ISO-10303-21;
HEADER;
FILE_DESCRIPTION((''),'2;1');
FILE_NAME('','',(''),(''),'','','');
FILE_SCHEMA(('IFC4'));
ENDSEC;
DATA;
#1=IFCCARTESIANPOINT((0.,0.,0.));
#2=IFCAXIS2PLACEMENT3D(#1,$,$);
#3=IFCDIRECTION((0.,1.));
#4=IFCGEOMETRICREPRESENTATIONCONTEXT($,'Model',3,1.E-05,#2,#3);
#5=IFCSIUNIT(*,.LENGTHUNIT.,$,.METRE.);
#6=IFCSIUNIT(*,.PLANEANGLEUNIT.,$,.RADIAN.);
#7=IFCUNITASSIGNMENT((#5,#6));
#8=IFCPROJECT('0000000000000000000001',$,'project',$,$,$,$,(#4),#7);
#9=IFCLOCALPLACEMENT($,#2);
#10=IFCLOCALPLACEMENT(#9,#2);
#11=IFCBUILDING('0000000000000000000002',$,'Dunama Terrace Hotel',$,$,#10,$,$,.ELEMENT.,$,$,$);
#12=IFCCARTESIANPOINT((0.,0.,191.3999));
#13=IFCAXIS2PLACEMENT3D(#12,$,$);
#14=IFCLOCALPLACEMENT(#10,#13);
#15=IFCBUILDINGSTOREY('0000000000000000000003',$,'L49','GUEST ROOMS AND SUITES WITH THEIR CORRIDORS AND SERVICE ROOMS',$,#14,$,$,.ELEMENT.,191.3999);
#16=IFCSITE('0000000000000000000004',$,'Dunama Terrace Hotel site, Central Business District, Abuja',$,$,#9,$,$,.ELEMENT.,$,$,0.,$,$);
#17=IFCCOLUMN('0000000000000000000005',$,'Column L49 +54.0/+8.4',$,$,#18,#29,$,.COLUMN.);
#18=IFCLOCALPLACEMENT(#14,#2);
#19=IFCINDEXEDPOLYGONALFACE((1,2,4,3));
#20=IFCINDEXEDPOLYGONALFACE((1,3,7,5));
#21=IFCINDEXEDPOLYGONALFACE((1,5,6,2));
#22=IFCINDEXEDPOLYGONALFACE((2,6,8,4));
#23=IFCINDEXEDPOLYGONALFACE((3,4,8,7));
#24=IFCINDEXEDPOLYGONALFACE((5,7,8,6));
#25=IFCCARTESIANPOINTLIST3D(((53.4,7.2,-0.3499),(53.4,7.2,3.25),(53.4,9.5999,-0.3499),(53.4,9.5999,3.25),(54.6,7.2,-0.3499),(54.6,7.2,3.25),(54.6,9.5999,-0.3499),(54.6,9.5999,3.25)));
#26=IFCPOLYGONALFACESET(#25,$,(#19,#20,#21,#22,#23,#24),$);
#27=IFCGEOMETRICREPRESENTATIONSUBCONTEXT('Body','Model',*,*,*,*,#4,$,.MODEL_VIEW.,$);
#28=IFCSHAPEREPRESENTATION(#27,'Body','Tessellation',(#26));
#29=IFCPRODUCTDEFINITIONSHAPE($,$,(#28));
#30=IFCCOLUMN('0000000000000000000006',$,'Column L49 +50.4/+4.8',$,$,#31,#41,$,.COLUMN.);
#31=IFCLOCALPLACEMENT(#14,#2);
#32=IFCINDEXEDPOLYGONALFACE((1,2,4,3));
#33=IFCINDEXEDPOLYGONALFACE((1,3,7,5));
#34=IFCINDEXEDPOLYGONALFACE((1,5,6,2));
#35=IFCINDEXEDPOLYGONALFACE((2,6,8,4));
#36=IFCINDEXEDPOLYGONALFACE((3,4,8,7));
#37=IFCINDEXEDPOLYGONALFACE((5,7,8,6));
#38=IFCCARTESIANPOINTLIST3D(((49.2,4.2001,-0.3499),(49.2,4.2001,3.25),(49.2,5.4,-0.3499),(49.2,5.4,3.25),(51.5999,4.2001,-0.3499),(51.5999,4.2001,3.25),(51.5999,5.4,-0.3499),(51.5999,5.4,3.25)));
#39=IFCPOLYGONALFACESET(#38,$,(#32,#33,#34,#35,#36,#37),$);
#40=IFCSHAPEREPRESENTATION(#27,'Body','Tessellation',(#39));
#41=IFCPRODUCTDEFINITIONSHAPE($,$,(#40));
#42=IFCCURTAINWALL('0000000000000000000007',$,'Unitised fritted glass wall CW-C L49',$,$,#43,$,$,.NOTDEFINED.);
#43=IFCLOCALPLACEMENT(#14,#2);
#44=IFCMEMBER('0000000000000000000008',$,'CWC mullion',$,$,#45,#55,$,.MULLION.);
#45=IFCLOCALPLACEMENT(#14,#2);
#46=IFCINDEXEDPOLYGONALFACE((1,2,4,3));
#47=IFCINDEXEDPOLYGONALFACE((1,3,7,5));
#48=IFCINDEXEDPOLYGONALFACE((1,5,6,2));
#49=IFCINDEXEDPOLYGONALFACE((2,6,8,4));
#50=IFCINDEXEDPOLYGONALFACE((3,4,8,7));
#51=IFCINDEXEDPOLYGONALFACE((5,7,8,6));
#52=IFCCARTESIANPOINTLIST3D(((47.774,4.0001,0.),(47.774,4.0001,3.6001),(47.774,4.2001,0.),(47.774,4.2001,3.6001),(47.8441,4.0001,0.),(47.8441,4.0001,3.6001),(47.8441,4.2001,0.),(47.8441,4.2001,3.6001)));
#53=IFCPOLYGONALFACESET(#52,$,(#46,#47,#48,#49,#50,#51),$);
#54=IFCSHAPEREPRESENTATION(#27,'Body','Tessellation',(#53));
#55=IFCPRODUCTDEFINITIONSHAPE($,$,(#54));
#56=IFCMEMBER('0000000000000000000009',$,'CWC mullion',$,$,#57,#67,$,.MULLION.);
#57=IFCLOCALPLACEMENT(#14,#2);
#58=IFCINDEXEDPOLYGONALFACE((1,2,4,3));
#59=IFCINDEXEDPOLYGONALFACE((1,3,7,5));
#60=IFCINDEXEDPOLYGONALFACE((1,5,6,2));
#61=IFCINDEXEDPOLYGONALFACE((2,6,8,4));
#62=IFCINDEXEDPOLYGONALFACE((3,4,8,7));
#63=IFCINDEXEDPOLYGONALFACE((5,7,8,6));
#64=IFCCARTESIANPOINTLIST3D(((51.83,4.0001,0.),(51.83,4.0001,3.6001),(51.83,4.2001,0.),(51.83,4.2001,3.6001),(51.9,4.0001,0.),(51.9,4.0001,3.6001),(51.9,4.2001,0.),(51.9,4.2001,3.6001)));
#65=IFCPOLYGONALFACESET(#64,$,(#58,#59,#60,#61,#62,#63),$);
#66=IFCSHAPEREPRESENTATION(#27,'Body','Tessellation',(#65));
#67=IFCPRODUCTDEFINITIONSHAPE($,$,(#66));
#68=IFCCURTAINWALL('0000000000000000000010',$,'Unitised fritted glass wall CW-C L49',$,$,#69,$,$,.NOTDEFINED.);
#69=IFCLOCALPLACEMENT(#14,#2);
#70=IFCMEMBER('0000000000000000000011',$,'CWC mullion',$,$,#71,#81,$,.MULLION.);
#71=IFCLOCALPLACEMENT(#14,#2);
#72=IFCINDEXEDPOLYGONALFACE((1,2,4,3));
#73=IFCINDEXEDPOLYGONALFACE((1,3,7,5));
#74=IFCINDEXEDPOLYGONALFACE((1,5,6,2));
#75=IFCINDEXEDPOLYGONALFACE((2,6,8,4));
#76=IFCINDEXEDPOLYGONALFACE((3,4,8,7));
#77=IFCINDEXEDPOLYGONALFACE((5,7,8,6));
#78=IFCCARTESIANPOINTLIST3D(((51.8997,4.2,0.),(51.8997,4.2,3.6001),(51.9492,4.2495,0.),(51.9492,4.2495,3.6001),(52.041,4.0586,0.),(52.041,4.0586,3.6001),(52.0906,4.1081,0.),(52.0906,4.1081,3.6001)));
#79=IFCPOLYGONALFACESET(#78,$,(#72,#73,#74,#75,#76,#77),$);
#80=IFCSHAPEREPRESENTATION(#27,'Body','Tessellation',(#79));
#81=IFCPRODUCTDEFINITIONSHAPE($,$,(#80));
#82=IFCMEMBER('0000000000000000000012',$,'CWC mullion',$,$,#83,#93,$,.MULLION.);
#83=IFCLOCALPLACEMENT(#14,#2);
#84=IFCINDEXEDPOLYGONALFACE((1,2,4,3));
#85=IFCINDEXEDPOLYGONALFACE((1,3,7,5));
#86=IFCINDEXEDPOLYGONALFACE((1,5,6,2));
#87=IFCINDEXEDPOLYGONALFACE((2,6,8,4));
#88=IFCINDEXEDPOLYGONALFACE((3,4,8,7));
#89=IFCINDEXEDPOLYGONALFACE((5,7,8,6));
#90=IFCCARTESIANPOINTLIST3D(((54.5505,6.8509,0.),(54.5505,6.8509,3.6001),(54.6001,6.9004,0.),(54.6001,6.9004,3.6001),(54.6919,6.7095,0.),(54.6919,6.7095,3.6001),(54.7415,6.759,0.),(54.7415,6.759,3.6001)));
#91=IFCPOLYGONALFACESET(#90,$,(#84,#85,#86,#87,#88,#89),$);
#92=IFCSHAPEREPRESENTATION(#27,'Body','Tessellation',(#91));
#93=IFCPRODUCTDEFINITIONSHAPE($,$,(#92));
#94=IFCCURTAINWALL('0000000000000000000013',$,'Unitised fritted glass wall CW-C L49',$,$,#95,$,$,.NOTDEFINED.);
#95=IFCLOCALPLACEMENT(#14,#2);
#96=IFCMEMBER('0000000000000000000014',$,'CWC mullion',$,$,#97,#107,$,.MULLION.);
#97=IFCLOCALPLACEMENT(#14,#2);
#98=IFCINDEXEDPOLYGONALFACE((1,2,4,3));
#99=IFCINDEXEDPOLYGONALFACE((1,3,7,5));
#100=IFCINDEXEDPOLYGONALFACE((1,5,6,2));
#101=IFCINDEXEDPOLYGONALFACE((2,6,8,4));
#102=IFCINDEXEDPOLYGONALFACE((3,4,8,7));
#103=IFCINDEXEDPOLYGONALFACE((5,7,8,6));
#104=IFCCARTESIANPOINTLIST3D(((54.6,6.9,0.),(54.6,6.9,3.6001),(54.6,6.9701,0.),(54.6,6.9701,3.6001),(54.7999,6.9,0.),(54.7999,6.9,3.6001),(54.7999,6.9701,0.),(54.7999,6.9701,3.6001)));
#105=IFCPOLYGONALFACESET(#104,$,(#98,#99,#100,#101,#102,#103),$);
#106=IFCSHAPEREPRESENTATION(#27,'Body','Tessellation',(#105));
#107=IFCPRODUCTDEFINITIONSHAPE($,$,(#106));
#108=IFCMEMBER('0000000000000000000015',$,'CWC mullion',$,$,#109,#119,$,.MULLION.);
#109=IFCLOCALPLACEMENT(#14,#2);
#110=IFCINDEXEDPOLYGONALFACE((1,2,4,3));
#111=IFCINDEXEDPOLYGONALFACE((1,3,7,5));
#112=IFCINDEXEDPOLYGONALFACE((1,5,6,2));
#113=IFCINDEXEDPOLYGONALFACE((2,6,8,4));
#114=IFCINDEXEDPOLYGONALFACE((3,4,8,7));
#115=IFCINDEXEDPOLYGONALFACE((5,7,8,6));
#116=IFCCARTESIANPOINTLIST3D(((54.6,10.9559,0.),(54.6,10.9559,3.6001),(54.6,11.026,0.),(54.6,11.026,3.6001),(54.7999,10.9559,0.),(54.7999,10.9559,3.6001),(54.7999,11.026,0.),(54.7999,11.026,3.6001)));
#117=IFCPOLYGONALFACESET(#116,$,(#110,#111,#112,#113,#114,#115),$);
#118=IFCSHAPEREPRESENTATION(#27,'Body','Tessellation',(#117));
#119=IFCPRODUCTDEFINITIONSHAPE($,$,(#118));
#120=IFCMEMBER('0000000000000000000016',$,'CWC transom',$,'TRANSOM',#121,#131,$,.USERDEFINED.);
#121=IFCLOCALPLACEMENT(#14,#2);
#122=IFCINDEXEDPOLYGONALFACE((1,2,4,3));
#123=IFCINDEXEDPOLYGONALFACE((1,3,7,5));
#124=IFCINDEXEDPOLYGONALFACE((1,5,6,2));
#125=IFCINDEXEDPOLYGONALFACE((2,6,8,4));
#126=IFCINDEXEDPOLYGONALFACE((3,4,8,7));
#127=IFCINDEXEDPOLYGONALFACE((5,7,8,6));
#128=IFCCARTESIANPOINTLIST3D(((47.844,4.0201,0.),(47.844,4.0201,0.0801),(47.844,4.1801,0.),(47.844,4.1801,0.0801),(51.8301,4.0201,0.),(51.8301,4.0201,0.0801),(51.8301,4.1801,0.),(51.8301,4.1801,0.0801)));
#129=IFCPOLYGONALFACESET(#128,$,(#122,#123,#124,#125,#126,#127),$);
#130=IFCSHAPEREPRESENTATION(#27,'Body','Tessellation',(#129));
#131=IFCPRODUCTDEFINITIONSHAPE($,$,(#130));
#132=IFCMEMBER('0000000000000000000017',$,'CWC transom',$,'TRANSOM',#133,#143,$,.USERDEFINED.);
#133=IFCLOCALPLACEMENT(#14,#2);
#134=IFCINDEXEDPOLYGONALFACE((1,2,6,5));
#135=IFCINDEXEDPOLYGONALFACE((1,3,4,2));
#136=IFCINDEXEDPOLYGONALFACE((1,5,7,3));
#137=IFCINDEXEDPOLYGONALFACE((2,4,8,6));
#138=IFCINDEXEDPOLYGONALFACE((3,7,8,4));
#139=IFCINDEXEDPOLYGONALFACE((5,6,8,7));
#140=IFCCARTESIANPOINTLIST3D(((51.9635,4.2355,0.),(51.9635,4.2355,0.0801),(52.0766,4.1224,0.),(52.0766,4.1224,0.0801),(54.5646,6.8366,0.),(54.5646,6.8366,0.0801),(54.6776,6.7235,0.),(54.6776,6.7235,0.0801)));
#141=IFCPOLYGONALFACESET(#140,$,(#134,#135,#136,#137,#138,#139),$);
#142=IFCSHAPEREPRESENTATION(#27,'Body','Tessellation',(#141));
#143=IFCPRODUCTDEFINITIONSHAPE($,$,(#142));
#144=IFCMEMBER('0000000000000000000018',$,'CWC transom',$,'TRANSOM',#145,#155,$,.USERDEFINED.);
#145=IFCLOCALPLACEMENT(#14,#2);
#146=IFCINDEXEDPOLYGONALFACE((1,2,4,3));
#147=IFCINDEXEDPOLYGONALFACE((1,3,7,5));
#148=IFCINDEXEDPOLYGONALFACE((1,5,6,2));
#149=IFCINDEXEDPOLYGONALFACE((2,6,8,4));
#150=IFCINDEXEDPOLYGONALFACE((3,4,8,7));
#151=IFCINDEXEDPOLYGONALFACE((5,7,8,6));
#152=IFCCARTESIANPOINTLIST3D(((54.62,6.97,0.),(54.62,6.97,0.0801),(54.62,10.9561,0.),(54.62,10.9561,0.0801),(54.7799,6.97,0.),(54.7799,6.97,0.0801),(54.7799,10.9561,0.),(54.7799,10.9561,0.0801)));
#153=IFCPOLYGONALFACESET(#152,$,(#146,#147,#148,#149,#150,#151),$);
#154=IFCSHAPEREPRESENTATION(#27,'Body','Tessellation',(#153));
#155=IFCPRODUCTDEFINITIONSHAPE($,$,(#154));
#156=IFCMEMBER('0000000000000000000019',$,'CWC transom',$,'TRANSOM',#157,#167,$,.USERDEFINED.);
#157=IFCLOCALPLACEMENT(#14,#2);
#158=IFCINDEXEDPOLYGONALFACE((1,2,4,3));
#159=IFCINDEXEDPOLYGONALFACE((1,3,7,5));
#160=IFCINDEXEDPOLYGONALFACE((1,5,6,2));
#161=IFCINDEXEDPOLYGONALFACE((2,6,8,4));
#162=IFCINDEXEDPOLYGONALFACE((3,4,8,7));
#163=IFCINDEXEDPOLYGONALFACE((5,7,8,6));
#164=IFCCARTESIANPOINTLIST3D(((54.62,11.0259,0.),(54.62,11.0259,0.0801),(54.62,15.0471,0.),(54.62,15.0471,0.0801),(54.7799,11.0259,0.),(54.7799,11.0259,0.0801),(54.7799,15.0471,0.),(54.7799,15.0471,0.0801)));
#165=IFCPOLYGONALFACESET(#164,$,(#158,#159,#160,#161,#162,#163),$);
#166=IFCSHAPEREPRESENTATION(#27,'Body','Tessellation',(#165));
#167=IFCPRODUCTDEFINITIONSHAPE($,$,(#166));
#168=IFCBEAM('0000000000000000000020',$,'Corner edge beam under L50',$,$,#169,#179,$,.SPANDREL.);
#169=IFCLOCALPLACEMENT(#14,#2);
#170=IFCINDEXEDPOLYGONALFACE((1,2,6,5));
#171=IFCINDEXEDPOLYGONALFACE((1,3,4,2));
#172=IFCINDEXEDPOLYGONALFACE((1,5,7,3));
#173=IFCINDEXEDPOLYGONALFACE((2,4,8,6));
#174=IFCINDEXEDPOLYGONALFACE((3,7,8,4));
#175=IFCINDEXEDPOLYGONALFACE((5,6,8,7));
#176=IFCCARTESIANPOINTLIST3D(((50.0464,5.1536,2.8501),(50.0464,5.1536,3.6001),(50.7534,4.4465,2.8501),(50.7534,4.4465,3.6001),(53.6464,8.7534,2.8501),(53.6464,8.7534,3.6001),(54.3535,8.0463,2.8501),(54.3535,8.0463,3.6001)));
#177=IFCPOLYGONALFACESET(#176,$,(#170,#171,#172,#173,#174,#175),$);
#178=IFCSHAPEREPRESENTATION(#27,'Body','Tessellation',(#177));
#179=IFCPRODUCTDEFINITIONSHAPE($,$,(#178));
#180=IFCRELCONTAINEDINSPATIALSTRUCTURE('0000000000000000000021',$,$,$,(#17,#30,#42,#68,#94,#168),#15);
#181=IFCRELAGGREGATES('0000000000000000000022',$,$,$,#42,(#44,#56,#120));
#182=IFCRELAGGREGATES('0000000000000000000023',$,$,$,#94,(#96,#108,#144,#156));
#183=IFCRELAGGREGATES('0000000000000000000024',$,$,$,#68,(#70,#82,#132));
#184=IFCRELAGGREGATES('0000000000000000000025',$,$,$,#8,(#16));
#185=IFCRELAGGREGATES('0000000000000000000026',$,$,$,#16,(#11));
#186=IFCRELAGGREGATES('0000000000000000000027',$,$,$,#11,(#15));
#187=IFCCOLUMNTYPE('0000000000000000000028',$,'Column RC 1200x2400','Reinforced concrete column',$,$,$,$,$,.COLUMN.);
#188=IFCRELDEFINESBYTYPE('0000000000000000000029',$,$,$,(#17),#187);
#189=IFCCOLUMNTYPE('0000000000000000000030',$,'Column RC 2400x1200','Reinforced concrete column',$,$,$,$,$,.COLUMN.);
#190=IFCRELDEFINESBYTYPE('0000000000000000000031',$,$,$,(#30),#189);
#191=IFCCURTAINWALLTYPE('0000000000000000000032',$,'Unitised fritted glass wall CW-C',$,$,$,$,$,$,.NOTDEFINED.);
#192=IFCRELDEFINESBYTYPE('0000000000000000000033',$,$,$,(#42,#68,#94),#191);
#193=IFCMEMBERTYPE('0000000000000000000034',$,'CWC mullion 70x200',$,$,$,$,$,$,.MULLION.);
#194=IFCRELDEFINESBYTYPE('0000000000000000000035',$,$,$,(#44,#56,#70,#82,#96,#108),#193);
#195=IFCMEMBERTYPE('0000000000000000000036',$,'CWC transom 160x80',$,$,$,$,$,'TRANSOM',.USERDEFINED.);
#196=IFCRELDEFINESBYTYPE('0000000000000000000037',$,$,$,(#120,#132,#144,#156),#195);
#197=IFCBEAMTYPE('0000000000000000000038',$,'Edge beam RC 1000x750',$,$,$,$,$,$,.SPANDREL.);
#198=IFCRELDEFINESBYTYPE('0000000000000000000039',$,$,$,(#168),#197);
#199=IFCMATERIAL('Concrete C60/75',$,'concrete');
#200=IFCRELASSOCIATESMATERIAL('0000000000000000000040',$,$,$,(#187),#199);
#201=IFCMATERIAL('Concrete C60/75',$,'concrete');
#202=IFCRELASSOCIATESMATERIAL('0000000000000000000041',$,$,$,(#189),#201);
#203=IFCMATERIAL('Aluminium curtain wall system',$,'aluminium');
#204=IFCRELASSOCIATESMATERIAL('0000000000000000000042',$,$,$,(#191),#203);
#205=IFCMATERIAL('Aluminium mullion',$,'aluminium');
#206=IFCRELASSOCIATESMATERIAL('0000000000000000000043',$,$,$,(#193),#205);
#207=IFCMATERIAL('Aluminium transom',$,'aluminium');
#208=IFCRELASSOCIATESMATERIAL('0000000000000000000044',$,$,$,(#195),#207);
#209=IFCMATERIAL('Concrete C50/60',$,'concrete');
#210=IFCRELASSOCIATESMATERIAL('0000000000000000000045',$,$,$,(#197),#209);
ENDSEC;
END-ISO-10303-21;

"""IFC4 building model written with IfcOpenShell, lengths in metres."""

from ifc_helpers import new_model, si_unit, direction, frame, origin, origin_2d, place, context, subcontext, project, spatial, rectangle, extrude, material, material_profile, profile_set, type_object, element, aggregate, save


model = new_model("IFC4")

# Units and contexts
model_context = context("Model", 3, precision=1e-05, world=origin(), true_north=direction((0.0, 1.0)))
body_context = subcontext(model_context, "Body", "Model", "MODEL_VIEW")
ifc_project = project(units=[si_unit("LENGTHUNIT", "METRE"), si_unit("PLANEANGLEUNIT", "RADIAN")], contexts=[model_context])

# Site, building, storey
site_placement = place(None, origin())
site = spatial("IfcSite", under=ifc_project, at=site_placement, Name="Dunama Terrace Hotel site, Central Business District, Abuja", CompositionType="ELEMENT", RefElevation=0.0)
building_placement = place(site_placement, origin())
building = spatial("IfcBuilding", under=site, at=building_placement, Name="Dunama Terrace Hotel", CompositionType="ELEMENT")
storey_placement = place(building_placement, frame((0.0, 0.0, 191.3999)))
storey = spatial("IfcBuildingStorey", under=building, at=storey_placement, Name="L49", Description="GUEST ROOMS AND SUITES WITH THEIR CORRIDORS AND SERVICE ROOMS", CompositionType="ELEMENT", Elevation=191.3999)

# Columns
ifc_material_1 = material(Name="Concrete C60/75", Category="concrete")
ifc_material_profile_1 = material_profile(ifc_material_1, rectangle(XDim=1.2, YDim=2.3999, at=origin_2d()), Name="RC 1200x2400")
ifc_profile_set_1 = profile_set([ifc_material_profile_1], Name="Concrete C60/75")
column_type_1 = type_object("IfcColumnType", Name="Column RC 1200x2400", Description="Reinforced concrete column", PredefinedType="COLUMN", material=ifc_profile_set_1)
column_1_placement = place(storey_placement, frame((54.0, 8.3999, -0.3499), z_axis=(0.0, 0.0, 1.0), x_axis=(1.0, 0.0, 0.0)))
element("IfcColumn", 1, at=column_1_placement, inside=storey, type_object=column_type_1, Name="Column L49 +54.0/+8.4", PredefinedType="COLUMN", context=body_context, shape_type="SweptSolid", body=[
    extrude(rectangle(XDim=1.2, YDim=2.3999, at=origin_2d()), origin(), (0.0, 0.0, 1.0), 3.5999),
])
ifc_material_2 = material(Name="Concrete C60/75", Category="concrete")
ifc_material_profile_2 = material_profile(ifc_material_2, rectangle(XDim=2.3999, YDim=1.2, at=origin_2d()), Name="RC 2400x1200")
ifc_profile_set_2 = profile_set([ifc_material_profile_2], Name="Concrete C60/75")
column_type_2 = type_object("IfcColumnType", Name="Column RC 2400x1200", Description="Reinforced concrete column", PredefinedType="COLUMN", material=ifc_profile_set_2)
column_2_placement = place(storey_placement, frame((50.3999, 4.8, -0.3499), z_axis=(0.0, 0.0, 1.0), x_axis=(1.0, 0.0, 0.0)))
element("IfcColumn", 2, at=column_2_placement, inside=storey, type_object=column_type_2, Name="Column L49 +50.4/+4.8", PredefinedType="COLUMN", context=body_context, shape_type="SweptSolid", body=[
    extrude(rectangle(XDim=2.3999, YDim=1.2, at=origin_2d()), origin(), (0.0, 0.0, 1.0), 3.5999),
])

# Curtain walls, members
ifc_material_3 = material(Name="Aluminium curtain wall system", Category="aluminium")
curtain_wall_type = type_object("IfcCurtainWallType", Name="Unitised fritted glass wall CW-C", PredefinedType="NOTDEFINED", material=ifc_material_3)
curtain_wall_1_placement = place(storey_placement, origin())
curtain_wall_1 = element("IfcCurtainWall", 3, at=curtain_wall_1_placement, inside=storey, type_object=curtain_wall_type, Name="Unitised fritted glass wall CW-C L49", PredefinedType="NOTDEFINED")
ifc_material_4 = material(Name="Aluminium mullion", Category="aluminium")
ifc_material_profile_3 = material_profile(ifc_material_4, rectangle(XDim=0.0701, YDim=0.2, at=origin_2d()), Name="CWC MULLION 70X200")
ifc_profile_set_3 = profile_set([ifc_material_profile_3], Name="Aluminium mullion")
member_type_1 = type_object("IfcMemberType", Name="CWC mullion 70x200", PredefinedType="MULLION", material=ifc_profile_set_3)
member_1_placement = place(storey_placement, frame((47.8091, 4.1001, 0.0), z_axis=(0.0, 0.0, 1.0), x_axis=(1.0, 0.0, 0.0)))
member_1 = element("IfcMember", 4, at=member_1_placement, type_object=member_type_1, Name="CWC mullion", PredefinedType="MULLION", context=body_context, shape_type="SweptSolid", body=[
    extrude(rectangle(XDim=0.0701, YDim=0.2, at=origin_2d()), origin(), (0.0, 0.0, 1.0), 3.6001),
])
member_2_placement = place(storey_placement, frame((51.865, 4.1001, 0.0), z_axis=(0.0, 0.0, 1.0), x_axis=(1.0, 0.0, 0.0)))
member_2 = element("IfcMember", 5, at=member_2_placement, type_object=member_type_1, Name="CWC mullion", PredefinedType="MULLION", context=body_context, shape_type="SweptSolid", body=[
    extrude(rectangle(XDim=0.0701, YDim=0.2, at=origin_2d()), origin(), (0.0, 0.0, 1.0), 3.6001),
])
curtain_wall_2_placement = place(storey_placement, origin())
curtain_wall_2 = element("IfcCurtainWall", 6, at=curtain_wall_2_placement, inside=storey, type_object=curtain_wall_type, Name="Unitised fritted glass wall CW-C L49", PredefinedType="NOTDEFINED")
member_3_placement = place(storey_placement, frame((51.9951, 4.1541, 0.0), z_axis=(0.0, 0.0, 1.0), x_axis=(0.707107, 0.707107, 0.0)))
member_3 = element("IfcMember", 7, at=member_3_placement, type_object=member_type_1, Name="CWC mullion", PredefinedType="MULLION", context=body_context, shape_type="SweptSolid", body=[
    extrude(rectangle(XDim=0.0701, YDim=0.2, at=origin_2d()), origin(), (0.0, 0.0, 1.0), 3.6001),
])
member_4_placement = place(storey_placement, frame((54.646, 6.8049, 0.0), z_axis=(0.0, 0.0, 1.0), x_axis=(0.707107, 0.707107, 0.0)))
member_4 = element("IfcMember", 8, at=member_4_placement, type_object=member_type_1, Name="CWC mullion", PredefinedType="MULLION", context=body_context, shape_type="SweptSolid", body=[
    extrude(rectangle(XDim=0.0701, YDim=0.2, at=origin_2d()), origin(), (0.0, 0.0, 1.0), 3.6001),
])
curtain_wall_3_placement = place(storey_placement, origin())
curtain_wall_3 = element("IfcCurtainWall", 9, at=curtain_wall_3_placement, inside=storey, type_object=curtain_wall_type, Name="Unitised fritted glass wall CW-C L49", PredefinedType="NOTDEFINED")
member_5_placement = place(storey_placement, frame((54.7, 6.9351, 0.0), z_axis=(0.0, 0.0, 1.0), x_axis=(0.0, 1.0, 0.0)))
member_5 = element("IfcMember", 10, at=member_5_placement, type_object=member_type_1, Name="CWC mullion", PredefinedType="MULLION", context=body_context, shape_type="SweptSolid", body=[
    extrude(rectangle(XDim=0.0701, YDim=0.2, at=origin_2d()), origin(), (0.0, 0.0, 1.0), 3.6001),
])
member_6_placement = place(storey_placement, frame((54.7, 10.991, 0.0), z_axis=(0.0, 0.0, 1.0), x_axis=(0.0, 1.0, 0.0)))
member_6 = element("IfcMember", 11, at=member_6_placement, type_object=member_type_1, Name="CWC mullion", PredefinedType="MULLION", context=body_context, shape_type="SweptSolid", body=[
    extrude(rectangle(XDim=0.0701, YDim=0.2, at=origin_2d()), origin(), (0.0, 0.0, 1.0), 3.6001),
])

# Members
ifc_material_5 = material(Name="Aluminium transom", Category="aluminium")
ifc_material_profile_4 = material_profile(ifc_material_5, rectangle(XDim=0.1599, YDim=0.0801, at=origin_2d()), Name="CWC TRANSOM 160X80")
ifc_profile_set_4 = profile_set([ifc_material_profile_4], Name="Aluminium transom")
member_type_2 = type_object("IfcMemberType", Name="CWC transom 160x80", ElementType="TRANSOM", PredefinedType="USERDEFINED", material=ifc_profile_set_4)
member_7_placement = place(storey_placement, frame((47.844, 4.1001, 0.04), z_axis=(1.0, 0.0, 0.0), x_axis=(0.0, 1.0, 0.0)))
member_7 = element("IfcMember", 12, at=member_7_placement, type_object=member_type_2, Name="CWC transom", ObjectType="TRANSOM", PredefinedType="USERDEFINED", context=body_context, shape_type="SweptSolid", body=[
    extrude(rectangle(XDim=0.1599, YDim=0.0801, at=origin_2d()), origin(), (0.0, 0.0, 1.0), 3.9861),
])
member_8_placement = place(storey_placement, frame((52.02, 4.179, 0.04), z_axis=(0.707107, 0.707107, 0.0), x_axis=(-0.707107, 0.707107, 0.0)))
member_8 = element("IfcMember", 13, at=member_8_placement, type_object=member_type_2, Name="CWC transom", ObjectType="TRANSOM", PredefinedType="USERDEFINED", context=body_context, shape_type="SweptSolid", body=[
    extrude(rectangle(XDim=0.1599, YDim=0.0801, at=origin_2d()), origin(), (0.0, 0.0, 1.0), 3.6785),
])
member_9_placement = place(storey_placement, frame((54.7, 6.97, 0.04), z_axis=(0.0, 1.0, 0.0), x_axis=(-1.0, 0.0, 0.0)))
member_9 = element("IfcMember", 14, at=member_9_placement, type_object=member_type_2, Name="CWC transom", ObjectType="TRANSOM", PredefinedType="USERDEFINED", context=body_context, shape_type="SweptSolid", body=[
    extrude(rectangle(XDim=0.1599, YDim=0.0801, at=origin_2d()), origin(), (0.0, 0.0, 1.0), 3.9861),
])
member_10_placement = place(storey_placement, frame((54.7, 11.0259, 0.04), z_axis=(0.0, 1.0, 0.0), x_axis=(-1.0, 0.0, 0.0)))
member_10 = element("IfcMember", 15, at=member_10_placement, type_object=member_type_2, Name="CWC transom", ObjectType="TRANSOM", PredefinedType="USERDEFINED", context=body_context, shape_type="SweptSolid", body=[
    extrude(rectangle(XDim=0.1599, YDim=0.0801, at=origin_2d()), origin(), (0.0, 0.0, 1.0), 4.0212),
])

# Beam
ifc_material_6 = material(Name="Concrete C50/60", Category="concrete")
ifc_material_profile_5 = material_profile(ifc_material_6, rectangle(XDim=1.0, YDim=0.75, at=origin_2d()), Name="RC 1000x750")
ifc_profile_set_5 = profile_set([ifc_material_profile_5], Name="Concrete C50/60")
beam_type_1 = type_object("IfcBeamType", Name="Edge beam RC 1000x750", PredefinedType="SPANDREL", material=ifc_profile_set_5)
beam_1_placement = place(storey_placement, frame((50.3999, 4.8, 3.2251), z_axis=(0.707131, 0.707083, 0.0), x_axis=(-0.707083, 0.707131, 0.0)))
element("IfcBeam", 16, at=beam_1_placement, inside=storey, type_object=beam_type_1, Name="Corner edge beam under L50", PredefinedType="SPANDREL", context=body_context, shape_type="SweptSolid", body=[
    extrude(rectangle(XDim=1.0, YDim=0.75, at=origin_2d()), origin(), (0.0, 0.0, 1.0), 5.0911),
])

aggregate(curtain_wall_1, [member_1, member_2, member_7])
aggregate(curtain_wall_3, [member_5, member_6, member_9, member_10])
aggregate(curtain_wall_2, [member_3, member_4, member_8])

save(model, "model.ifc")
